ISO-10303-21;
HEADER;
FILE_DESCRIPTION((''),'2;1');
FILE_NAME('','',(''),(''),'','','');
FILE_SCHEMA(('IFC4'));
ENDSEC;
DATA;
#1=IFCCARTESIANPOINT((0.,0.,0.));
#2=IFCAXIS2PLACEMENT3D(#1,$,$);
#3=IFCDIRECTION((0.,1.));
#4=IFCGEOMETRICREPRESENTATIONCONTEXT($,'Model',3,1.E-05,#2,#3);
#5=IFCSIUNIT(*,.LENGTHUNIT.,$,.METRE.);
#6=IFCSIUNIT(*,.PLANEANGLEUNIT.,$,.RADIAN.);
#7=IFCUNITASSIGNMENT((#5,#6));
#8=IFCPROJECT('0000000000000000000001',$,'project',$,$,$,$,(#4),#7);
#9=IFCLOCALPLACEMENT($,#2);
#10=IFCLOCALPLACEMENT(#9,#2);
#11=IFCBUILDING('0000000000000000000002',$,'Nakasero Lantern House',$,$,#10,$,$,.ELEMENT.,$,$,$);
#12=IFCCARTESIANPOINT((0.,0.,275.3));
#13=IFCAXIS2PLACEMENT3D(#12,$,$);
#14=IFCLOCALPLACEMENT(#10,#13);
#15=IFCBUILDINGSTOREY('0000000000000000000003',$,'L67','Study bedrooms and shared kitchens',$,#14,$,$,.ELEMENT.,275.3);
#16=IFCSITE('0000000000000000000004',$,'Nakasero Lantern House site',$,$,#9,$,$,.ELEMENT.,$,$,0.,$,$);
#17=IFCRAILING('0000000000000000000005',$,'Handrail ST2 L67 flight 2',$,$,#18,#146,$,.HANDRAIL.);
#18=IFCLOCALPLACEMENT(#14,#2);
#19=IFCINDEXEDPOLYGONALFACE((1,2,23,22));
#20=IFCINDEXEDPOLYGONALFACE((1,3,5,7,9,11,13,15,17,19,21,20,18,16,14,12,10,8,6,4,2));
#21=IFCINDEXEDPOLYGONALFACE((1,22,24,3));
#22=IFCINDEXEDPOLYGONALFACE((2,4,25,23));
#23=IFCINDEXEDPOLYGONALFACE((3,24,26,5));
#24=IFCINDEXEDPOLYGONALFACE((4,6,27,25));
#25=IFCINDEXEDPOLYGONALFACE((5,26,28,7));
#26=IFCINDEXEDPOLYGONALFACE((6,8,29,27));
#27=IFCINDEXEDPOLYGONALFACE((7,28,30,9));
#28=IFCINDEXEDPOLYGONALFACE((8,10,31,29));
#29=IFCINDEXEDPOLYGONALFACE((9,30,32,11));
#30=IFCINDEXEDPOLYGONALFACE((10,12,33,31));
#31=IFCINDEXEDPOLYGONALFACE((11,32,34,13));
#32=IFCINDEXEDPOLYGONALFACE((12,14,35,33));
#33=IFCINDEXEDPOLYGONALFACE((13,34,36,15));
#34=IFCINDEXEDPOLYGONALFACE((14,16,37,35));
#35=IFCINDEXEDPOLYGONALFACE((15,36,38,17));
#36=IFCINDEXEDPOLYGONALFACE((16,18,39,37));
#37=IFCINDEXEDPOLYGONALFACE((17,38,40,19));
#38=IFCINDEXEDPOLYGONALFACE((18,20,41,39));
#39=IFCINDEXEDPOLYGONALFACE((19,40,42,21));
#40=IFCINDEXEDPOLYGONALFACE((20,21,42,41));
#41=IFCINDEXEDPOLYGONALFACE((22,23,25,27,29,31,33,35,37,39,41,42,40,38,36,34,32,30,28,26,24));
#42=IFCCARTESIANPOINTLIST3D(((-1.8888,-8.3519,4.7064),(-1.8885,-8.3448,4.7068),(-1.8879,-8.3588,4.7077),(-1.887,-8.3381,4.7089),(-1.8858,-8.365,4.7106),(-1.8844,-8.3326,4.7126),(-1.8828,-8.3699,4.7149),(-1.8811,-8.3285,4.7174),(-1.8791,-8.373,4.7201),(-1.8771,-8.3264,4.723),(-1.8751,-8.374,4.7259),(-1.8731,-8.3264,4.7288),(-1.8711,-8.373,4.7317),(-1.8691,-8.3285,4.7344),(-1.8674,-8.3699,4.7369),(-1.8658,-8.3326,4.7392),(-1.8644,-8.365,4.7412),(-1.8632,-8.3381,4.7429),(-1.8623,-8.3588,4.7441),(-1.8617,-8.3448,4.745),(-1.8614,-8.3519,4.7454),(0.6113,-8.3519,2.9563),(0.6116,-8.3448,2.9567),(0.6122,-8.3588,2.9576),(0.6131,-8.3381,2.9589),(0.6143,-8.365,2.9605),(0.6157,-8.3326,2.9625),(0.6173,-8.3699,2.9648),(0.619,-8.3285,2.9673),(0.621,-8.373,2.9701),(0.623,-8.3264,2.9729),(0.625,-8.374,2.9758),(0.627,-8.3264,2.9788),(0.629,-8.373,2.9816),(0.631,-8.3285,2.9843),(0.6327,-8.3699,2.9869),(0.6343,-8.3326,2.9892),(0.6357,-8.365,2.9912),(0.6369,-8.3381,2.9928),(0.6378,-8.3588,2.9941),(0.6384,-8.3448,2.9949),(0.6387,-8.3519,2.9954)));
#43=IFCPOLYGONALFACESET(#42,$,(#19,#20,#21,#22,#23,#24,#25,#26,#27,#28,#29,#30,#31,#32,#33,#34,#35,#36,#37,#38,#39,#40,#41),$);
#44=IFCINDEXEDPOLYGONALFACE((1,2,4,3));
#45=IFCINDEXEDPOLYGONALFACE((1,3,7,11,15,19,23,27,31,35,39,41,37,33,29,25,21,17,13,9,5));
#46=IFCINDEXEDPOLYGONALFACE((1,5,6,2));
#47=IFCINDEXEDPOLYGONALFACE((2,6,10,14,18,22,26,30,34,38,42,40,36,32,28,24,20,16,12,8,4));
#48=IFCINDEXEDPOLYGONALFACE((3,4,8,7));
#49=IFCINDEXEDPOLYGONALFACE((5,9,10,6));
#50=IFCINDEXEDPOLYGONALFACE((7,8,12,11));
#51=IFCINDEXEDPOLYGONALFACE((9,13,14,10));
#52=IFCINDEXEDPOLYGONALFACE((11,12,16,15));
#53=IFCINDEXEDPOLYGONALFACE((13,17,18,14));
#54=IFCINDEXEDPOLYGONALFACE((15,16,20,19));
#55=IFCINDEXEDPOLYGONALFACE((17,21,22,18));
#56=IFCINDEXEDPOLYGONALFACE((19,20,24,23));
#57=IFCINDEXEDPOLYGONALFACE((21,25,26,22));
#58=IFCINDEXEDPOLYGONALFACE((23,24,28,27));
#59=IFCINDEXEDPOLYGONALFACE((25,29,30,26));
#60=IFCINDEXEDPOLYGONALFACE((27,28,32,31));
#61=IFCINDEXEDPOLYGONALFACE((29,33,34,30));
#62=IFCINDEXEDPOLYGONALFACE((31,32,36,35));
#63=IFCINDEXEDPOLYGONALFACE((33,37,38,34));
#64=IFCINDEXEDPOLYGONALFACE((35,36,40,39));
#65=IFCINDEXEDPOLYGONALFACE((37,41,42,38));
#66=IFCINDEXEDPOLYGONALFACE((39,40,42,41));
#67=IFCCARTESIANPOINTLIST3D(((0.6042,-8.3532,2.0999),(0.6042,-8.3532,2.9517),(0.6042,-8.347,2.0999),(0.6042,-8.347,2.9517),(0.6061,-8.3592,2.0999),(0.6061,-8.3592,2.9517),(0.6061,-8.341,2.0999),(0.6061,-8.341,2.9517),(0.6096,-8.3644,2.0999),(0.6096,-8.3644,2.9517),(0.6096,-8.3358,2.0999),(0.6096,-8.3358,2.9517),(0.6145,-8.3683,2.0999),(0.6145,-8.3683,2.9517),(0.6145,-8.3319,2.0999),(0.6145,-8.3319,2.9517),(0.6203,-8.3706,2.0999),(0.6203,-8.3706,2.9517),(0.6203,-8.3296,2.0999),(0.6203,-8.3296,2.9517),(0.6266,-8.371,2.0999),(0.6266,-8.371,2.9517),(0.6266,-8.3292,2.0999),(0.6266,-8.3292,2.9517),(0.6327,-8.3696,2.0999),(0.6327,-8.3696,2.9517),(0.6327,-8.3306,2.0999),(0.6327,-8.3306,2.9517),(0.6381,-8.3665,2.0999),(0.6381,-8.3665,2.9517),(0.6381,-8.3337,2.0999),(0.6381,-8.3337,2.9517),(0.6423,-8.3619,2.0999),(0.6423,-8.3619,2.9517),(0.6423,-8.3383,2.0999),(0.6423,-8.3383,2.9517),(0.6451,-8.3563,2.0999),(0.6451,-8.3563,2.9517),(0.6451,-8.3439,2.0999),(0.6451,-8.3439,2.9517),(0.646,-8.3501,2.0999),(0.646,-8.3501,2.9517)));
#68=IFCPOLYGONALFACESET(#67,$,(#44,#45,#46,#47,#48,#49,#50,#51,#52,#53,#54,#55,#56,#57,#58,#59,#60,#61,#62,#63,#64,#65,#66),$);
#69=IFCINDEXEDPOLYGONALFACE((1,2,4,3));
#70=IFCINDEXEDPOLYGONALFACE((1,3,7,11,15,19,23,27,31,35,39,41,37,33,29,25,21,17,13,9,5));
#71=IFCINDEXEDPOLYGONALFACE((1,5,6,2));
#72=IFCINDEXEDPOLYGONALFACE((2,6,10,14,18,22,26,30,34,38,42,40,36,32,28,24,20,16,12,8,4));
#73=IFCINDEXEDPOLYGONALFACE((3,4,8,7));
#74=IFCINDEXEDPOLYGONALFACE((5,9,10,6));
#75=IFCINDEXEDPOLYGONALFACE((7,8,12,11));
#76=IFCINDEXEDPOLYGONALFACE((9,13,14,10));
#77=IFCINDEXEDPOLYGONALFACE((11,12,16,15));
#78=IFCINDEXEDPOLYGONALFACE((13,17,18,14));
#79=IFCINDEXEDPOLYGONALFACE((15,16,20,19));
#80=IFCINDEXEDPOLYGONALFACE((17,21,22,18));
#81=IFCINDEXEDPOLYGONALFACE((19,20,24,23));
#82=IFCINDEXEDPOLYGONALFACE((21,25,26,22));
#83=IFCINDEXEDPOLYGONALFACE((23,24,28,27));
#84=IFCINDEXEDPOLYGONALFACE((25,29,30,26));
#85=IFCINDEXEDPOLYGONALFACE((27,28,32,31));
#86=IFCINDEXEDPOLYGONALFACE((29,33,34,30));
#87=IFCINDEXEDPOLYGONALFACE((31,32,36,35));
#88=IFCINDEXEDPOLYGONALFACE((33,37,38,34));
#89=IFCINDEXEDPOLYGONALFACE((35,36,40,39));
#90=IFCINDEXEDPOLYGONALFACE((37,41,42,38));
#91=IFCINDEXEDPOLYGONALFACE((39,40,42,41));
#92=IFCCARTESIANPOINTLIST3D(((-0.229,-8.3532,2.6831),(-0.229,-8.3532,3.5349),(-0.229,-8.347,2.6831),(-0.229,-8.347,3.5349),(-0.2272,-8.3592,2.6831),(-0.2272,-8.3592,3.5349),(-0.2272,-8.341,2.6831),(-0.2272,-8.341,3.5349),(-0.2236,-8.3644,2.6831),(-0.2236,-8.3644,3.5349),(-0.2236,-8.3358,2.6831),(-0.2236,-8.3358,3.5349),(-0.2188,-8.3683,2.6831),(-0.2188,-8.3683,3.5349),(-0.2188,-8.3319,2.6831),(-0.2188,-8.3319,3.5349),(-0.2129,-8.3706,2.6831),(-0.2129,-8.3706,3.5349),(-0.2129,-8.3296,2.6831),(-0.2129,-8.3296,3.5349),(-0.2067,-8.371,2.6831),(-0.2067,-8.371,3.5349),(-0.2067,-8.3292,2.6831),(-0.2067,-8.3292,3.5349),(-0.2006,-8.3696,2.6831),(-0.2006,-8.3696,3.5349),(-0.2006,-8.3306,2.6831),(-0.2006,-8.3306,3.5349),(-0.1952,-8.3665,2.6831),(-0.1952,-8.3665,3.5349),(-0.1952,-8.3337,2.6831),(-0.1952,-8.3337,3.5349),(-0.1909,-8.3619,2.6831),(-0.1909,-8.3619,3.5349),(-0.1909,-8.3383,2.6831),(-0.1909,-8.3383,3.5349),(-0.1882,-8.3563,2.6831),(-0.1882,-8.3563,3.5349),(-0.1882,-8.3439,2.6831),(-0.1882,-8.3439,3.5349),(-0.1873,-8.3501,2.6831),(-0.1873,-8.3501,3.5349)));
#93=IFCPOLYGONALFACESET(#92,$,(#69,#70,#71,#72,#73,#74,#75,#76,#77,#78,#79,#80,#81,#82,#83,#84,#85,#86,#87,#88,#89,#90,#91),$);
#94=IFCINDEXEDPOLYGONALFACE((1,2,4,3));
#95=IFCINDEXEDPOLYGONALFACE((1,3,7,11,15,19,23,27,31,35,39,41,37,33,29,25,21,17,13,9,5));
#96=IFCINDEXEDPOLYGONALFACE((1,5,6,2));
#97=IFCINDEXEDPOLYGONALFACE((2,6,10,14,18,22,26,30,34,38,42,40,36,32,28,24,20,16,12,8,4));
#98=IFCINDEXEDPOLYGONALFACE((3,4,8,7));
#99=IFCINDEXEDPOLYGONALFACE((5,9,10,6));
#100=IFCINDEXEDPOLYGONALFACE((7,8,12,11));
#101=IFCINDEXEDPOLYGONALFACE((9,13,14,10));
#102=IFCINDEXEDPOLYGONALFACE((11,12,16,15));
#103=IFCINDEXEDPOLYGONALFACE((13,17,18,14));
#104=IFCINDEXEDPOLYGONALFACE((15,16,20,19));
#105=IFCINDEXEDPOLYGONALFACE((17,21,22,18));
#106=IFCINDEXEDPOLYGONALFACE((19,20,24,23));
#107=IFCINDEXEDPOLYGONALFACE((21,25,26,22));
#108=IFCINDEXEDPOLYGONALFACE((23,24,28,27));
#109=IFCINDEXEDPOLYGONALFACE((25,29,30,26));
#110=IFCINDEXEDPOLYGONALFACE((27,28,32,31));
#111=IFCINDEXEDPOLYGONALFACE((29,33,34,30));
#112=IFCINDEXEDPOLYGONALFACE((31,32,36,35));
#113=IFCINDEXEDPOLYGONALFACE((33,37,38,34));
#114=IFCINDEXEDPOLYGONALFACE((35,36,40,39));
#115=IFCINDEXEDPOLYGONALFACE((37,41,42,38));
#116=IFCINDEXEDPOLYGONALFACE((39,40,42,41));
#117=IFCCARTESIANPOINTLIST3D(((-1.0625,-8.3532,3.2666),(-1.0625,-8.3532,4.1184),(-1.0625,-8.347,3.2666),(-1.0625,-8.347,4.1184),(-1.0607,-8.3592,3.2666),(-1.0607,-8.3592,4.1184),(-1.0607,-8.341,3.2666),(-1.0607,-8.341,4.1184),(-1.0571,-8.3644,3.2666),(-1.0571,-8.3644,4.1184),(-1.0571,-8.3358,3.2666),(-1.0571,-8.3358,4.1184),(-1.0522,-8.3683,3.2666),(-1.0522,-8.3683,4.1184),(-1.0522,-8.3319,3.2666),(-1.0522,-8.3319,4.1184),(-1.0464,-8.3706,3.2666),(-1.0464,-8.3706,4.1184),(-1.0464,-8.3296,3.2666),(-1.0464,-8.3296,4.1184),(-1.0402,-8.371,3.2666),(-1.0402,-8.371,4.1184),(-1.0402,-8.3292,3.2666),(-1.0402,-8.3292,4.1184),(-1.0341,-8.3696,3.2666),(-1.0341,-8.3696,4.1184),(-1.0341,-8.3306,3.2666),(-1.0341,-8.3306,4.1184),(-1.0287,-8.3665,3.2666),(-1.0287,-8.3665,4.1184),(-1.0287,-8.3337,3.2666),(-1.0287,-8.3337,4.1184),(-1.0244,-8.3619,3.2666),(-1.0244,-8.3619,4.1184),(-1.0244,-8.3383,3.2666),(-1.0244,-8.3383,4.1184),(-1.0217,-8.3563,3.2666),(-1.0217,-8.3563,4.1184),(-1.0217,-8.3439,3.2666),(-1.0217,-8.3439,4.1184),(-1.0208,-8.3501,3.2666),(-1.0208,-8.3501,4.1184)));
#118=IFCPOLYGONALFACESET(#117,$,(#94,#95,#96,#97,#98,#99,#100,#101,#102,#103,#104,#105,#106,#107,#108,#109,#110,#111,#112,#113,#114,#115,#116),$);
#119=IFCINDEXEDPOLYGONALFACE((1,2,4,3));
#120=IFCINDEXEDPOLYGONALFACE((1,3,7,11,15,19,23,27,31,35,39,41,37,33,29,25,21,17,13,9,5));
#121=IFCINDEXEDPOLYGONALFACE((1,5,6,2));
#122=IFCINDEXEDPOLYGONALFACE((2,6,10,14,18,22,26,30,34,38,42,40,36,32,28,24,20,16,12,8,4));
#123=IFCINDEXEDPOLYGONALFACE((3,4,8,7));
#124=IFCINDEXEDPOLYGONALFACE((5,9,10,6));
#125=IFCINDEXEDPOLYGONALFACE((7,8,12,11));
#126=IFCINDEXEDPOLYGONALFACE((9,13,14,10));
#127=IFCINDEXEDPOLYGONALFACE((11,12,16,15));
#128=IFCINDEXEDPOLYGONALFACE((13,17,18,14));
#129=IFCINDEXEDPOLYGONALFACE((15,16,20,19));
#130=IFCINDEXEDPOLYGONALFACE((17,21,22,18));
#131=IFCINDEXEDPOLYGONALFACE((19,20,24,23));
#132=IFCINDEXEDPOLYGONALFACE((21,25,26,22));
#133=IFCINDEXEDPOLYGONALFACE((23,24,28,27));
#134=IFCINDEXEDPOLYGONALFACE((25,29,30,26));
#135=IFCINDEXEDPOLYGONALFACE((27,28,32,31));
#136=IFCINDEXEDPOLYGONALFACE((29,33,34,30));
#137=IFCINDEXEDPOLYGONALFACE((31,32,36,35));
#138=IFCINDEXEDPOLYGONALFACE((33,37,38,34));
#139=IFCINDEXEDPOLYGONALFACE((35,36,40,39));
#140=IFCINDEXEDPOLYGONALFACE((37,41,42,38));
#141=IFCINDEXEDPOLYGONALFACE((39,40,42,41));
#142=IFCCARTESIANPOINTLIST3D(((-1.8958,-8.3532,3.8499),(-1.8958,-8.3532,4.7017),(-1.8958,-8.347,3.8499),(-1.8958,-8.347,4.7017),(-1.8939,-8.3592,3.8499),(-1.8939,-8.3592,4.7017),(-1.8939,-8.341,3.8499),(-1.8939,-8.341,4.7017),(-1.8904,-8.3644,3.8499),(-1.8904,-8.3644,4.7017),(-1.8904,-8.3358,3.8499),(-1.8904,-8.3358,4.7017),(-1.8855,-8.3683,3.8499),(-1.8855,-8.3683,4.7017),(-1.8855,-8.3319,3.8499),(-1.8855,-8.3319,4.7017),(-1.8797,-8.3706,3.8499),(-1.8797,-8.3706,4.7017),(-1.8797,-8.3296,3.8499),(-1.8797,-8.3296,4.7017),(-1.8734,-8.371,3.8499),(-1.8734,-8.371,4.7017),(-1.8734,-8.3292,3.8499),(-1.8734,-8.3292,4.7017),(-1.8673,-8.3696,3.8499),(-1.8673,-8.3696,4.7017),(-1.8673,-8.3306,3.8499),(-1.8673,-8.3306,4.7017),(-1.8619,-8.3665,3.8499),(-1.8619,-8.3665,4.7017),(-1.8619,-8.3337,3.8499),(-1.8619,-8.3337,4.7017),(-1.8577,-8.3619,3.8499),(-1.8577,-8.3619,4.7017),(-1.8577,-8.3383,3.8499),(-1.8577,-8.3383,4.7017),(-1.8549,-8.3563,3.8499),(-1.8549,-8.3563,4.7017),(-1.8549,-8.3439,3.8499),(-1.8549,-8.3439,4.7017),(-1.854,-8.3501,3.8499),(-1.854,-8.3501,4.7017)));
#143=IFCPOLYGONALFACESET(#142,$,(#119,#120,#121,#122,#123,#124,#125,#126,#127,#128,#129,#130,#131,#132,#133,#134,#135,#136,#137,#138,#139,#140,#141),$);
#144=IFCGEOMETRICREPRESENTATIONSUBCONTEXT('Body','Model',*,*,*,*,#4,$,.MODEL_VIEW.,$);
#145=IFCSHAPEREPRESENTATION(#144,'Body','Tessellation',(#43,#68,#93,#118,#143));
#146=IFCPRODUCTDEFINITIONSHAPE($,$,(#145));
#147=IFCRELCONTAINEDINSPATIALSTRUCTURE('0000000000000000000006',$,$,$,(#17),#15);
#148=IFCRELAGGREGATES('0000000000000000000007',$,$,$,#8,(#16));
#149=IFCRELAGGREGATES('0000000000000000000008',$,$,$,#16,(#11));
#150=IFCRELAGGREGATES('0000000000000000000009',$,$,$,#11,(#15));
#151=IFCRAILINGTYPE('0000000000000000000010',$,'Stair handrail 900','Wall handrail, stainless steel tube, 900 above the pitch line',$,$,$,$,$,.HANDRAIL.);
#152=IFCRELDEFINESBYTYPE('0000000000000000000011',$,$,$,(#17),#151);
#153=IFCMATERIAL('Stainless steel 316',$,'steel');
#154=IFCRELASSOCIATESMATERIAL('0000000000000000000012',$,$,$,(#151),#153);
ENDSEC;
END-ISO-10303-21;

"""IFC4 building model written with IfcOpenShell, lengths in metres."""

from ifc_helpers import new_model, si_unit, direction, frame, origin, origin_2d, place, context, subcontext, project, spatial, circle, extrude, material, type_object, element, save


model = new_model("IFC4")

# Units and contexts
model_context = context("Model", 3, precision=1e-05, world=origin(), true_north=direction((0.0, 1.0)))
body_context = subcontext(model_context, "Body", "Model", "MODEL_VIEW")
ifc_project = project(units=[si_unit("LENGTHUNIT", "METRE"), si_unit("PLANEANGLEUNIT", "RADIAN")], contexts=[model_context])

# Site, building, storey
site_placement = place(None, origin())
site = spatial("IfcSite", under=ifc_project, at=site_placement, Name="Nakasero Lantern House site", CompositionType="ELEMENT", RefElevation=0.0)
building_placement = place(site_placement, origin())
building = spatial("IfcBuilding", under=site, at=building_placement, Name="Nakasero Lantern House", CompositionType="ELEMENT")
storey_placement = place(building_placement, frame((0.0, 0.0, 275.3)))
storey = spatial("IfcBuildingStorey", under=building, at=storey_placement, Name="L67", Description="Study bedrooms and shared kitchens", CompositionType="ELEMENT", Elevation=275.3)

# Railing
ifc_material_1 = material(Name="Stainless steel 316", Category="steel")
railing_type = type_object("IfcRailingType", Name="Stair handrail 900", Description="Wall handrail, stainless steel tube, 900 above the pitch line", PredefinedType="HANDRAIL", material=ifc_material_1)
railing_placement = place(storey_placement, frame((0.625, -8.3501, 2.0999)))
element("IfcRailing", 1, at=railing_placement, inside=storey, type_object=railing_type, Name="Handrail ST2 L67 flight 2", PredefinedType="HANDRAIL", context=body_context, shape_type="SweptSolid", body=[
    extrude(circle(Radius=0.0239, at=origin_2d()), frame((0.0, 0.0, 0.876), z_axis=(-0.819232, 0.0, 0.573462), x_axis=(0.0, -1.0, 0.0)), (0.0, 0.0, 1.0), 3.0518),
    extrude(circle(Radius=0.021, at=origin_2d()), origin(), (0.0, 0.0, 1.0), 0.8518),
    extrude(circle(Radius=0.021, at=origin_2d()), frame((-0.8333, 0.0, 0.5833)), (0.0, 0.0, 1.0), 0.8518),
    extrude(circle(Radius=0.021, at=origin_2d()), frame((-1.6667, 0.0, 1.1667)), (0.0, 0.0, 1.0), 0.8518),
    extrude(circle(Radius=0.021, at=origin_2d()), frame((-2.5, 0.0, 1.75)), (0.0, 0.0, 1.0), 0.8518),
])

save(model, "model.ifc")
